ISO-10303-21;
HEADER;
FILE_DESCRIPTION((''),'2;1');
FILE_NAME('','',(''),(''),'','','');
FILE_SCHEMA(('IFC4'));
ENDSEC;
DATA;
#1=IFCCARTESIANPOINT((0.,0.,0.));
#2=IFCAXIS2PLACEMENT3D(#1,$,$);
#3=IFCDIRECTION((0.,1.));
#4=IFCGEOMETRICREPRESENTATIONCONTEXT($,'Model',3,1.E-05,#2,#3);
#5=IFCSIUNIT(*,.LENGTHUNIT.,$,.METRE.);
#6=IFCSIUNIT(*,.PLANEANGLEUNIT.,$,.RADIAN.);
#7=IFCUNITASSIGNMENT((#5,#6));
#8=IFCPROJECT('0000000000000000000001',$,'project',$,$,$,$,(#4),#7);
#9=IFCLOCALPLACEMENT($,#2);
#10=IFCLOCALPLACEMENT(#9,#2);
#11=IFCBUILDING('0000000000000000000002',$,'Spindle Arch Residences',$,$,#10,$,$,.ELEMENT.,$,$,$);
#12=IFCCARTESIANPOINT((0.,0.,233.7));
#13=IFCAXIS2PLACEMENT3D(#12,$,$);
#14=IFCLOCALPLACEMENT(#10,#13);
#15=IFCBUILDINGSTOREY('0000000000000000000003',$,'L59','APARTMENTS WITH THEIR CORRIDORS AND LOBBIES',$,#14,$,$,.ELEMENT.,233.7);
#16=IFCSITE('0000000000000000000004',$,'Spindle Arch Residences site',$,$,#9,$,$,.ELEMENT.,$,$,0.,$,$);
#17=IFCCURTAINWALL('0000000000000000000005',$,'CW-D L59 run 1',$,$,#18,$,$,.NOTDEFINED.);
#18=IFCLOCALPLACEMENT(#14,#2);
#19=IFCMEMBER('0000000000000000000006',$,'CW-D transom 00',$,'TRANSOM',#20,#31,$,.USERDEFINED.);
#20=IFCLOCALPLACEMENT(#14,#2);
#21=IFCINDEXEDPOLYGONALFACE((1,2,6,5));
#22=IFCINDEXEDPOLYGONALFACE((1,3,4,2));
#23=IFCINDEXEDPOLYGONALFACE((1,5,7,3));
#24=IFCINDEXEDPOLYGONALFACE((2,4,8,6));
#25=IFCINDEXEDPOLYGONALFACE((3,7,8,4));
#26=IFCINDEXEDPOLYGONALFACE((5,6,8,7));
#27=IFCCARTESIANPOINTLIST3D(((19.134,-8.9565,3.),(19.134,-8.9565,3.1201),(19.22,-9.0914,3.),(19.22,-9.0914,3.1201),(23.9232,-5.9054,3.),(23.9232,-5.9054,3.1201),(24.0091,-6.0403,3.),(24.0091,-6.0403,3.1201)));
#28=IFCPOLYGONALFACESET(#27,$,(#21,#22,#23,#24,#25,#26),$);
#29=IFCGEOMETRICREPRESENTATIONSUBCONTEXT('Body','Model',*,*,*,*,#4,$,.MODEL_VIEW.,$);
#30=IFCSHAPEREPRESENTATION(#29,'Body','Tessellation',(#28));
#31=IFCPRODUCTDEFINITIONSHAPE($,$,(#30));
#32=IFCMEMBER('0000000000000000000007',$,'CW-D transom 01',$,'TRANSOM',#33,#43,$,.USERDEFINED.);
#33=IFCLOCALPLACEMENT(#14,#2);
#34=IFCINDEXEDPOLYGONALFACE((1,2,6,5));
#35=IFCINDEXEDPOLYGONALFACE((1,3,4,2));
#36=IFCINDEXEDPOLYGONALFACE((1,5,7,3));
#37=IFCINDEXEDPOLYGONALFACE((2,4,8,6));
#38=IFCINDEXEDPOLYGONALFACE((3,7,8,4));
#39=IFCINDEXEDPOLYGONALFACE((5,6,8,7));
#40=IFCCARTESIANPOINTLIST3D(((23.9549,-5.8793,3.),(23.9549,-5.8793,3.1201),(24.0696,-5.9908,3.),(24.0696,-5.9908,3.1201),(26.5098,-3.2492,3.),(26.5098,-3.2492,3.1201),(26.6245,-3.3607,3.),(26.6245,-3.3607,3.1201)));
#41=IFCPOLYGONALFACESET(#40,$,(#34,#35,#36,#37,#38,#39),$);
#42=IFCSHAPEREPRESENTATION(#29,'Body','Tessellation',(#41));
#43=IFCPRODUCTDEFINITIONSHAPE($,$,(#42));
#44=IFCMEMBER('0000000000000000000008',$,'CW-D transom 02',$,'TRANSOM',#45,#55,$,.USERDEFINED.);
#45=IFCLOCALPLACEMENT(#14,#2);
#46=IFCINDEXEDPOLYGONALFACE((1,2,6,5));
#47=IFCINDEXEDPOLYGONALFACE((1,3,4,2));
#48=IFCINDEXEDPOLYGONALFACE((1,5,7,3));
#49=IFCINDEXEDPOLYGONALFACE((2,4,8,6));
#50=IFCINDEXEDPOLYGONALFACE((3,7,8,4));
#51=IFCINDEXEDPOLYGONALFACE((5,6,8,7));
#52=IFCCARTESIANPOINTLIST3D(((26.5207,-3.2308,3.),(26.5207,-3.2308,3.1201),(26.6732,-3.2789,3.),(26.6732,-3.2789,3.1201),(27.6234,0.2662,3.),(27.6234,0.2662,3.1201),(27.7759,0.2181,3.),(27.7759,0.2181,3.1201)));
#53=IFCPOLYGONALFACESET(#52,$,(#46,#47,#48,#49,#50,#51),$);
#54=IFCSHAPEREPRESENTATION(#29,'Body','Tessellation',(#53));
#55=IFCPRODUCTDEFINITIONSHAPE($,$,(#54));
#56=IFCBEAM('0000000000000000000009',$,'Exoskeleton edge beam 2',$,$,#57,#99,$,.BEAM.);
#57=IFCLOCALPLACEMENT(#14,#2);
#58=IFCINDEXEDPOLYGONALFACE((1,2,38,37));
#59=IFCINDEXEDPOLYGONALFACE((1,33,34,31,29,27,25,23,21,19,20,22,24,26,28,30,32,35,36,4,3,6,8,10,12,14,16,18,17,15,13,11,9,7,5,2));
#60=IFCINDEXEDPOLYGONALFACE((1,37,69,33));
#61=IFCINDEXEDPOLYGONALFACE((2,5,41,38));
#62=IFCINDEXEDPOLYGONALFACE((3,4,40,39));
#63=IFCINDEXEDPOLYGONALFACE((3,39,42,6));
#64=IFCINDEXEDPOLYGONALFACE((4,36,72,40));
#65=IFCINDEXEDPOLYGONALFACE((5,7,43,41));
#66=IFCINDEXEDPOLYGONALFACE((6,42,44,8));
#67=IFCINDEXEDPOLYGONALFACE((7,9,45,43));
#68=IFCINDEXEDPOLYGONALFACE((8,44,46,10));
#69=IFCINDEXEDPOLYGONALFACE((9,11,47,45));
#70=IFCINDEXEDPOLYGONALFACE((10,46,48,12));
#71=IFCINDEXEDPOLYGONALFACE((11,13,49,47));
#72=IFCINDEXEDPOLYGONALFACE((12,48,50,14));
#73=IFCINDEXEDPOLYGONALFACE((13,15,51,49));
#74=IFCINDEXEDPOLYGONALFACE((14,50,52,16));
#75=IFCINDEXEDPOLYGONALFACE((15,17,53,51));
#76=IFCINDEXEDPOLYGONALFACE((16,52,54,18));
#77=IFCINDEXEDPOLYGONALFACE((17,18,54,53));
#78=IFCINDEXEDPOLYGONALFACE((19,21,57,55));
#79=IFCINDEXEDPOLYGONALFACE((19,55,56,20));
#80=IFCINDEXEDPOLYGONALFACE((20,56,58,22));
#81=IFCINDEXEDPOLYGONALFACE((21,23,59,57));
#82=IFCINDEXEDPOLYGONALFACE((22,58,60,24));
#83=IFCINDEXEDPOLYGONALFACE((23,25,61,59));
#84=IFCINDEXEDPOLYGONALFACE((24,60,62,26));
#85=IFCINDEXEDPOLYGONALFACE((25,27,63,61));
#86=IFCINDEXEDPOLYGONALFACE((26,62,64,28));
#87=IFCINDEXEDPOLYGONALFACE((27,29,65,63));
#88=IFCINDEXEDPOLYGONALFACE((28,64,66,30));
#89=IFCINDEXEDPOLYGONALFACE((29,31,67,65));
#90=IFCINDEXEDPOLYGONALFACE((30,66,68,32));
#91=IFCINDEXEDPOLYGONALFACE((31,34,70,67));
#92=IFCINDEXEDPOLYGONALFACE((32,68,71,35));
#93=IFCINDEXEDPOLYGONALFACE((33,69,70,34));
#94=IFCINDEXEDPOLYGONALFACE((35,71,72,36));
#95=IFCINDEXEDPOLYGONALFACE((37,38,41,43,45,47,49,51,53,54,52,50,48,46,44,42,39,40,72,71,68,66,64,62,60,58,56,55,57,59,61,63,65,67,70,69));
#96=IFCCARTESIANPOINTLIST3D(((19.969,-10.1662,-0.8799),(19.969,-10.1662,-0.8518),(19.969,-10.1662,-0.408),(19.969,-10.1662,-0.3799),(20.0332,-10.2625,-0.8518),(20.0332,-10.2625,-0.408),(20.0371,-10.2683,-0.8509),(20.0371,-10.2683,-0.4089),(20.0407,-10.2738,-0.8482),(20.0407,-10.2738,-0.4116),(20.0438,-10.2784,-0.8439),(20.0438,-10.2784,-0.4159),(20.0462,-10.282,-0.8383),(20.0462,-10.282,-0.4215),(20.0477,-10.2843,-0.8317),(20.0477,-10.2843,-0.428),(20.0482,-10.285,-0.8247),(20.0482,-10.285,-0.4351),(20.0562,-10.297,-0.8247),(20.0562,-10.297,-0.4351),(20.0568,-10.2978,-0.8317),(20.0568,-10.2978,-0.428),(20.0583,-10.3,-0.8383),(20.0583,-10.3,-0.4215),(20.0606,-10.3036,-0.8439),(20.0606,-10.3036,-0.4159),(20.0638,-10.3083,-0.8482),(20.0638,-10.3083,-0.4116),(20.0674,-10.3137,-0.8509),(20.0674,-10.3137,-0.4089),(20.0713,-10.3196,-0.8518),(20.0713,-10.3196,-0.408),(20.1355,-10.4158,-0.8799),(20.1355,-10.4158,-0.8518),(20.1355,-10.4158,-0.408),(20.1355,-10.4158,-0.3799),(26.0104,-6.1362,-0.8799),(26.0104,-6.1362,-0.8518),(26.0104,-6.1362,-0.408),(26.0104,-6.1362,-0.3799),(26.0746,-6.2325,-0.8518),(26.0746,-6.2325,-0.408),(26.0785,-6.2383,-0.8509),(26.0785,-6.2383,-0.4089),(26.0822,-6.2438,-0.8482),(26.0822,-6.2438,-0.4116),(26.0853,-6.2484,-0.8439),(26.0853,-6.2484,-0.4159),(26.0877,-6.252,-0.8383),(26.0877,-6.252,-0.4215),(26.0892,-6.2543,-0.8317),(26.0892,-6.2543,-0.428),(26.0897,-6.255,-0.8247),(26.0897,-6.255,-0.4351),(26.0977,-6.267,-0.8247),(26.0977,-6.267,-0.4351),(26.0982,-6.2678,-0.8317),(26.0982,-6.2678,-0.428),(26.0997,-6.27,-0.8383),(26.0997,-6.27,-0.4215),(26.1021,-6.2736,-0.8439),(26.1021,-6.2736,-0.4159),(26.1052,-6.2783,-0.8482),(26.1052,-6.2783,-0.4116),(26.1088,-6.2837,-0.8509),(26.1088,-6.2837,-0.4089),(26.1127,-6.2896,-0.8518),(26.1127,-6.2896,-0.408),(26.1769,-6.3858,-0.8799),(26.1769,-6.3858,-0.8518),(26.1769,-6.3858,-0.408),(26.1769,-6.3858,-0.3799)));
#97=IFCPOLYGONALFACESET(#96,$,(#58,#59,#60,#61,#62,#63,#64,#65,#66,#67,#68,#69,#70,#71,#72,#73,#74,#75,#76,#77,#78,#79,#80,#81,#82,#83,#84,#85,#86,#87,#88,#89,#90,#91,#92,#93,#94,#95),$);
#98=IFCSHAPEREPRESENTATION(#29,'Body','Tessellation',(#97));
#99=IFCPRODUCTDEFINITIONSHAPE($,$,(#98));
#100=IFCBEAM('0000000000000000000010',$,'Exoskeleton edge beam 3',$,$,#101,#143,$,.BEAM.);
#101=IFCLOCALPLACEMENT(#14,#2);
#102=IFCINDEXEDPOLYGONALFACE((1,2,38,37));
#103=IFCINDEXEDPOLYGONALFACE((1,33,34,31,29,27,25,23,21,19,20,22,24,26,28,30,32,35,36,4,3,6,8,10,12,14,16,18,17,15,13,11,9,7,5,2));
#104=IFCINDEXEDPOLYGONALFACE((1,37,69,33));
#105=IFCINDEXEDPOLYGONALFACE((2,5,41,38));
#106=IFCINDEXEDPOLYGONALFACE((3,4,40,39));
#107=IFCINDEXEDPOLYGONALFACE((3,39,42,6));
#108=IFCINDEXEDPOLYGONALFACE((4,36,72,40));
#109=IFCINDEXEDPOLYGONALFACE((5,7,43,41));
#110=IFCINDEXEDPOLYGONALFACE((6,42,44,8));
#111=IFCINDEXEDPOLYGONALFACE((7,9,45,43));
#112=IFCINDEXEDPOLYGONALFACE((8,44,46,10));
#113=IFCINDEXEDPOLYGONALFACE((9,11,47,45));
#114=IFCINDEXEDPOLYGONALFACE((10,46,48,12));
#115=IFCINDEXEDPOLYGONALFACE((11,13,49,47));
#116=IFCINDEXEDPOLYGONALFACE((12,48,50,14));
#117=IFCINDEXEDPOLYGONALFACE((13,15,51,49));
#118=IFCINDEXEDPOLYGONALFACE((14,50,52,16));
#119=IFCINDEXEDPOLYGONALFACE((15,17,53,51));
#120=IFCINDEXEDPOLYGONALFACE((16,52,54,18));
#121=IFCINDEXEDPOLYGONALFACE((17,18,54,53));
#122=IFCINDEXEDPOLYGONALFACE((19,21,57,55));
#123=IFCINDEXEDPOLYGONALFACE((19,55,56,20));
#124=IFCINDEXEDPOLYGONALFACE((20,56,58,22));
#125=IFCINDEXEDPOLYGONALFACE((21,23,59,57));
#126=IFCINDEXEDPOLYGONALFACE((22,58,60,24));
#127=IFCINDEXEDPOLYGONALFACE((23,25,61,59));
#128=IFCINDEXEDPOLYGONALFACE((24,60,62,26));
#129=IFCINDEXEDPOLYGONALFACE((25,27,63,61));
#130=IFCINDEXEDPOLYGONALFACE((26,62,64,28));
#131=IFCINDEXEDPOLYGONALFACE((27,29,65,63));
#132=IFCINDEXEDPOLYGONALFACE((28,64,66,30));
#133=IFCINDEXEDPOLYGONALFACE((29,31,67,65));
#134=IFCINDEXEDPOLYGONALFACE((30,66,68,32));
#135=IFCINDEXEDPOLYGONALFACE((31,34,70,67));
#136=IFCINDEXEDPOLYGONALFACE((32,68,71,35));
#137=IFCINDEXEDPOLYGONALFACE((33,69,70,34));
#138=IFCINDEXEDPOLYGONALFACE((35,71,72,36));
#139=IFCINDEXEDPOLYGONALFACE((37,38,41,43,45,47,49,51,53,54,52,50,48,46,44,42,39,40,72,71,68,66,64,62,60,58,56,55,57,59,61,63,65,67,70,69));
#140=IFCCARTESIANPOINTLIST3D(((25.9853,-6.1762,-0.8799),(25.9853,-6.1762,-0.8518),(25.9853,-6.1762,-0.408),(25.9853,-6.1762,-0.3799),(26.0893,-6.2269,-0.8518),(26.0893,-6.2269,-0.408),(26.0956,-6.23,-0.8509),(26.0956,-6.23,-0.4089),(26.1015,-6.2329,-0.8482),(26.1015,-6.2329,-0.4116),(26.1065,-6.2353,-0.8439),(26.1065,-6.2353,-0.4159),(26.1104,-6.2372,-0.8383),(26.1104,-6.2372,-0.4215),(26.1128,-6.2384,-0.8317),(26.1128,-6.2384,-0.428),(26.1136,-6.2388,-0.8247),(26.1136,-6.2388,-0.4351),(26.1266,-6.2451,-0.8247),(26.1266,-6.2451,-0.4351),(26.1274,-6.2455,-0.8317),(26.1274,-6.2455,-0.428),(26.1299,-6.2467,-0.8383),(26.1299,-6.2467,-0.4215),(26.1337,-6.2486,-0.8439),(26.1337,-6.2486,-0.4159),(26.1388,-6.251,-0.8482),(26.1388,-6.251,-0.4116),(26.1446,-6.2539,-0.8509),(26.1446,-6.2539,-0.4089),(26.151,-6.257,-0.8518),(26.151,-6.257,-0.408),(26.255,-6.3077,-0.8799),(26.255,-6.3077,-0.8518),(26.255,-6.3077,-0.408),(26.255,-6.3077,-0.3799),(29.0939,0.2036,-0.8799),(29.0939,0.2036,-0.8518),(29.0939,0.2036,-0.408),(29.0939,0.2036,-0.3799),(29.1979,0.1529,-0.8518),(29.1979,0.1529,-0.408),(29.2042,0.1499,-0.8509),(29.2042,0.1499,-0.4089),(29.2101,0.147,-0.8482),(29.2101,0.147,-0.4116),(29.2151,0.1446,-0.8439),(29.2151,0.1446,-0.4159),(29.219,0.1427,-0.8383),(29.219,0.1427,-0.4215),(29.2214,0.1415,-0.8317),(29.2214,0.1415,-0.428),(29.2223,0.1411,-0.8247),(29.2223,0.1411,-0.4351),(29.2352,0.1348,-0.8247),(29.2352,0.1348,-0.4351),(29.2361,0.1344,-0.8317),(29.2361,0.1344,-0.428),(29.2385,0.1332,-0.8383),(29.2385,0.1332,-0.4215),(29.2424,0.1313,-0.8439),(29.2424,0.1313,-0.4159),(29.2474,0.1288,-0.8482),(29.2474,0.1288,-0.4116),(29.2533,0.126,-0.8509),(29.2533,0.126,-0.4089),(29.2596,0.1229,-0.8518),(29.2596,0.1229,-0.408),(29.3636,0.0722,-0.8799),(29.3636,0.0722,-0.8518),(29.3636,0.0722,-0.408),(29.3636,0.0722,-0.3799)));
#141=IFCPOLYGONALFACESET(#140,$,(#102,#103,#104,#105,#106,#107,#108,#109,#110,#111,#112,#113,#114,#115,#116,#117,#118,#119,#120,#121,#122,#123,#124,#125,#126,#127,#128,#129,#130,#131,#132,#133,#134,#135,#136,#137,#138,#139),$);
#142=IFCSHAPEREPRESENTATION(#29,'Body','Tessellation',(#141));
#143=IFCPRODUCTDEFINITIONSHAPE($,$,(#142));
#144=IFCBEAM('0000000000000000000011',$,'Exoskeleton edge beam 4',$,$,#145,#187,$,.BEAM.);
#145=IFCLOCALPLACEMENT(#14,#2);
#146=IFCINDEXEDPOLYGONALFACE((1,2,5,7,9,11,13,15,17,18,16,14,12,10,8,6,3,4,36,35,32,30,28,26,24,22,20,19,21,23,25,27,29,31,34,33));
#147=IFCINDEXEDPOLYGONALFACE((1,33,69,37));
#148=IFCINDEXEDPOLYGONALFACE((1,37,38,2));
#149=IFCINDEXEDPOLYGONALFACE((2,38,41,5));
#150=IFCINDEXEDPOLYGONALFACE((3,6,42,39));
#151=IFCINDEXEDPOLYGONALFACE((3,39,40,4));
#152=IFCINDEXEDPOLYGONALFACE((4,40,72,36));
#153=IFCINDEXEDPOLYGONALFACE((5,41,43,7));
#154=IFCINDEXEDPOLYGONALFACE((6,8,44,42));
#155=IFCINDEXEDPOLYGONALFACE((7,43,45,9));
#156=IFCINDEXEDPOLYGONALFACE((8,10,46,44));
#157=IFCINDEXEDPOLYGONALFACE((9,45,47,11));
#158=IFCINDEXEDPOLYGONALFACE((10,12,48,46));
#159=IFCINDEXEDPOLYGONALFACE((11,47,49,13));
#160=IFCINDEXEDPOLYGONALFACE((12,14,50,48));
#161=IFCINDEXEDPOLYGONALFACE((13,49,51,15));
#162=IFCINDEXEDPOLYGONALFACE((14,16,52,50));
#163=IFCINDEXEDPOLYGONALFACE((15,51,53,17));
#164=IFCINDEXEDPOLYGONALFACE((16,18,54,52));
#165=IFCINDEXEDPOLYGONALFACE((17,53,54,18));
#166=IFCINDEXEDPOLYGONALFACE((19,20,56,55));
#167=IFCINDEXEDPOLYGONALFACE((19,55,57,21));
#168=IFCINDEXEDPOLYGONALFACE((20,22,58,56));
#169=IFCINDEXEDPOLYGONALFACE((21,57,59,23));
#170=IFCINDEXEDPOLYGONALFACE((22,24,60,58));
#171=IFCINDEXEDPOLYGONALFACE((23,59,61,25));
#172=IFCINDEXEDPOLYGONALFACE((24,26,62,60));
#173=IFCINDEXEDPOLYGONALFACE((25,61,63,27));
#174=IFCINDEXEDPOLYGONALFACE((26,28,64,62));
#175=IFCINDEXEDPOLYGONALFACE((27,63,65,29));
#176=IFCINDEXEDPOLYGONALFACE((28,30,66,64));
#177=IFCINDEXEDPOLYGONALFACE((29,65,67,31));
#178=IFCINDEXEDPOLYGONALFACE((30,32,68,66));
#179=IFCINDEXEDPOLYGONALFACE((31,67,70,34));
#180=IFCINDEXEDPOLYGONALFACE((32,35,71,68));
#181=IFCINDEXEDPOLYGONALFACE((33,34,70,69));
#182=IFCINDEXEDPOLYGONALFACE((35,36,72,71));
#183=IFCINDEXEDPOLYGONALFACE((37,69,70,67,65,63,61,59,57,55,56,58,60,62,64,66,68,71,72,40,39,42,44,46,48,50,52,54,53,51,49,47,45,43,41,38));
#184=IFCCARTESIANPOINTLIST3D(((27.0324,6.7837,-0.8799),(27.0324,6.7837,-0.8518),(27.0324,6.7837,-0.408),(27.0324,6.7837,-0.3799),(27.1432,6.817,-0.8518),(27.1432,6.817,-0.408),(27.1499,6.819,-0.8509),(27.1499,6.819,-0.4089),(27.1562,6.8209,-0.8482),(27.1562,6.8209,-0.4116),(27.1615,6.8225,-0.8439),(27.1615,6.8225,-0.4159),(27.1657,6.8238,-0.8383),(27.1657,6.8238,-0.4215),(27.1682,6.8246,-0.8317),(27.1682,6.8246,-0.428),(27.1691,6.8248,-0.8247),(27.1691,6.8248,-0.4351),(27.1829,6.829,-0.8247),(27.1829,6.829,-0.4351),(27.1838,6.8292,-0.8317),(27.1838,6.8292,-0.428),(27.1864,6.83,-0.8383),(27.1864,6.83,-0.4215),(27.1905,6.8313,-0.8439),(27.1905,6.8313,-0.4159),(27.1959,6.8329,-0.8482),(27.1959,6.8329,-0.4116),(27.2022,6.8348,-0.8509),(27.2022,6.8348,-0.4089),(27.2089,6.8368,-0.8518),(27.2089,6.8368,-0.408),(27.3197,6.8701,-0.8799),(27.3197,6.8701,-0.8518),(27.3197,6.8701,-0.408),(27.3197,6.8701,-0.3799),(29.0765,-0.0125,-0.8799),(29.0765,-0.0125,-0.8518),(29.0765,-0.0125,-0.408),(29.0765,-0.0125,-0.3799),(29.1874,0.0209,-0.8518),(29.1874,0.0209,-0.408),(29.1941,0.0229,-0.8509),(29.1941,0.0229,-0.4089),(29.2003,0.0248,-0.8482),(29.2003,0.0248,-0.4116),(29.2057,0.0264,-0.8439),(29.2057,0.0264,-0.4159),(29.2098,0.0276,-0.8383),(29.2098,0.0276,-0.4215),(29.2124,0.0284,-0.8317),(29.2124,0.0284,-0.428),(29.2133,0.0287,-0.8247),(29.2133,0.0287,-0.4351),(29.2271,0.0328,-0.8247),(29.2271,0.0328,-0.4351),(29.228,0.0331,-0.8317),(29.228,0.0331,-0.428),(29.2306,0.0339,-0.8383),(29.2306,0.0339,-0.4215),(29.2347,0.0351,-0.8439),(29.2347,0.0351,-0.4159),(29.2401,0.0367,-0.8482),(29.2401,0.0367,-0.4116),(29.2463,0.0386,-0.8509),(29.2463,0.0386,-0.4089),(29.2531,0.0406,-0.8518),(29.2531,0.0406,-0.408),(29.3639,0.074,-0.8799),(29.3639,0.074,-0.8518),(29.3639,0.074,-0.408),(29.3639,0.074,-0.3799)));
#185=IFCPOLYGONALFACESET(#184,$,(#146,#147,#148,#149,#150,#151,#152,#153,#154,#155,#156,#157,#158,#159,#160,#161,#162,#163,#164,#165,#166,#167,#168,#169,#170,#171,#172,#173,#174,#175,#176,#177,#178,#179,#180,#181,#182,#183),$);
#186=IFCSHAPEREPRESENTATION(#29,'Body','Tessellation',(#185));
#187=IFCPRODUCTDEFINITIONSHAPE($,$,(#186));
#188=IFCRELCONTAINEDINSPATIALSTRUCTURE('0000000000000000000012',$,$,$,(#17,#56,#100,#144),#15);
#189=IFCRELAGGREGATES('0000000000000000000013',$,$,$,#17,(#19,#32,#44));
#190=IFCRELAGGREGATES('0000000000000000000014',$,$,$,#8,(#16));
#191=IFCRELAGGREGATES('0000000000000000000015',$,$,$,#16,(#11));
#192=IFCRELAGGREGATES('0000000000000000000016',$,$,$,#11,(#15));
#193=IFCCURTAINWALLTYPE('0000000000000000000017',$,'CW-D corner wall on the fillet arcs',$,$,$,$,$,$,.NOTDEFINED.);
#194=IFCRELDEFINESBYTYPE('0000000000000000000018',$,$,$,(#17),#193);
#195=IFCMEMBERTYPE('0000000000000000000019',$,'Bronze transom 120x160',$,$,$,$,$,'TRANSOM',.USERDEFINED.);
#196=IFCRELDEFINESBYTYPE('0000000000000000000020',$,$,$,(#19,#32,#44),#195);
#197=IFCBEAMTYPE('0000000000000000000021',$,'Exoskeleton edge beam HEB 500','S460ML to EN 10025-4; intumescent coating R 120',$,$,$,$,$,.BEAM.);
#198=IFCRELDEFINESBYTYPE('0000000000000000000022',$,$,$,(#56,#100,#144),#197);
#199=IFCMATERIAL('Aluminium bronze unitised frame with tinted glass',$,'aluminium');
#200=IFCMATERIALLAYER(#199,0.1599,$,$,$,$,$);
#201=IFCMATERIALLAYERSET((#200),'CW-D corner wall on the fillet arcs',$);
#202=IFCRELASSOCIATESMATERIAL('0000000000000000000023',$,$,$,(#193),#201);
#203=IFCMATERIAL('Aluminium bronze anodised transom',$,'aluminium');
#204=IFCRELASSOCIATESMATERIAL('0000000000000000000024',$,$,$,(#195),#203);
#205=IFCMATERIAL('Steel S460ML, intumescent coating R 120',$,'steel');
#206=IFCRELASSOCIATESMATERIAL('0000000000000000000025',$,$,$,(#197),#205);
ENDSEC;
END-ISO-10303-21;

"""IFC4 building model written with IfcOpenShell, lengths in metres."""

from ifc_helpers import new_model, si_unit, direction, frame, origin, origin_2d, place, context, subcontext, project, spatial, rectangle, i_section, extrude, material, layer, layer_set, material_profile, profile_set, type_object, element, aggregate, save


model = new_model("IFC4")

# Units and contexts
model_context = context("Model", 3, precision=1e-05, world=origin(), true_north=direction((0.0, 1.0)))
body_context = subcontext(model_context, "Body", "Model", "MODEL_VIEW")
ifc_project = project(units=[si_unit("LENGTHUNIT", "METRE"), si_unit("PLANEANGLEUNIT", "RADIAN")], contexts=[model_context])

# Site, building, storey
site_placement = place(None, origin())
site = spatial("IfcSite", under=ifc_project, at=site_placement, Name="Spindle Arch Residences site", CompositionType="ELEMENT", RefElevation=0.0)
building_placement = place(site_placement, origin())
building = spatial("IfcBuilding", under=site, at=building_placement, Name="Spindle Arch Residences", CompositionType="ELEMENT")
storey_placement = place(building_placement, frame((0.0, 0.0, 233.7)))
storey = spatial("IfcBuildingStorey", under=building, at=storey_placement, Name="L59", Description="APARTMENTS WITH THEIR CORRIDORS AND LOBBIES", CompositionType="ELEMENT", Elevation=233.7)

# Curtain wall, members
ifc_material_1 = material(Name="Aluminium bronze unitised frame with tinted glass", Category="aluminium")
ifc_layer_1 = layer(ifc_material_1, 0.1599)
ifc_layer_set_1 = layer_set([ifc_layer_1], Name="CW-D corner wall on the fillet arcs")
curtain_wall_type = type_object("IfcCurtainWallType", Name="CW-D corner wall on the fillet arcs", PredefinedType="NOTDEFINED", material=ifc_layer_set_1)
curtain_wall_placement = place(storey_placement, origin())
curtain_wall = element("IfcCurtainWall", 1, at=curtain_wall_placement, inside=storey, type_object=curtain_wall_type, Name="CW-D L59 run 1", PredefinedType="NOTDEFINED")
ifc_material_2 = material(Name="Aluminium bronze anodised transom", Category="aluminium")
ifc_material_profile_1 = material_profile(ifc_material_2, rectangle(XDim=0.1599, YDim=0.1201, at=origin_2d()), Name="TR 120x160")
ifc_profile_set_1 = profile_set([ifc_material_profile_1], Name="Aluminium bronze anodised transom")
member_type_1 = type_object("IfcMemberType", Name="Bronze transom 120x160", ElementType="TRANSOM", PredefinedType="USERDEFINED", material=ifc_profile_set_1)
member_1_placement = place(storey_placement, frame((19.177, -9.0239, 3.0601), z_axis=(0.843387, 0.537307, 0.0), x_axis=(-0.537307, 0.843387, 0.0)))
member_1 = element("IfcMember", 2, at=member_1_placement, type_object=member_type_1, Name="CW-D transom 00", ObjectType="TRANSOM", PredefinedType="USERDEFINED", context=body_context, shape_type="SweptSolid", body=[
    extrude(rectangle(XDim=0.1599, YDim=0.1201, at=origin_2d()), origin(), (0.0, 0.0, 1.0), 5.6785),
])
member_2_placement = place(storey_placement, frame((24.0122, -5.9351, 3.0601), z_axis=(0.696779, 0.717286, 0.0), x_axis=(-0.717286, 0.696779, 0.0)))
member_2 = element("IfcMember", 3, at=member_2_placement, type_object=member_type_1, Name="CW-D transom 01", ObjectType="TRANSOM", PredefinedType="USERDEFINED", context=body_context, shape_type="SweptSolid", body=[
    extrude(rectangle(XDim=0.1599, YDim=0.1201, at=origin_2d()), origin(), (0.0, 0.0, 1.0), 3.6667),
])
member_3_placement = place(storey_placement, frame((26.5969, -3.2549, 3.0601), z_axis=(0.300746, 0.953704, 0.0), x_axis=(-0.953704, 0.300746, 0.0)))
member_3 = element("IfcMember", 4, at=member_3_placement, type_object=member_type_1, Name="CW-D transom 02", ObjectType="TRANSOM", PredefinedType="USERDEFINED", context=body_context, shape_type="SweptSolid", body=[
    extrude(rectangle(XDim=0.1599, YDim=0.1201, at=origin_2d()), origin(), (0.0, 0.0, 1.0), 3.6667),
])

# Beams
ifc_material_3 = material(Name="Steel S460ML, intumescent coating R 120", Category="steel")
ifc_material_profile_2 = material_profile(ifc_material_3, i_section(OverallWidth=0.3, OverallDepth=0.5, WebThickness=0.0144, FlangeThickness=0.0281, FilletRadius=0.0271, at=origin_2d()), Name="HEB 500")
ifc_profile_set_2 = profile_set([ifc_material_profile_2], Name="Steel S460ML, intumescent coating R 120")
beam_type_1 = type_object("IfcBeamType", Name="Exoskeleton edge beam HEB 500", Description="S460ML to EN 10025-4; intumescent coating R 120", PredefinedType="BEAM", material=ifc_profile_set_2)
beam_1_placement = place(storey_placement, frame((20.0522, -10.291, -0.6299), z_axis=(0.8319, 0.554925, 0.0), x_axis=(-0.554925, 0.8319, 0.0)))
element("IfcBeam", 5, at=beam_1_placement, inside=storey, type_object=beam_type_1, Name="Exoskeleton edge beam 2", PredefinedType="BEAM", context=body_context, shape_type="SweptSolid", body=[
    extrude(i_section(OverallWidth=0.3, OverallDepth=0.5, WebThickness=0.0144, FlangeThickness=0.0281, FilletRadius=0.0271, at=origin_2d()), origin(), (0.0, 0.0, 1.0), 7.2622),
])
for number, where, z_axis, x_axis, name in (
    (6, (26.1201, -6.2419, -0.6299), (0.438026, 0.898962, 0.0), (-0.898962, 0.438026, 0.0), "Exoskeleton edge beam 3"),
    (7, (29.2202, 0.0308, -0.6299), (-0.288039, 0.957619, 0.0), (-0.957619, -0.288039, 0.0), "Exoskeleton edge beam 4"),
):
    element("IfcBeam", number, at=place(storey_placement, frame(where, z_axis=z_axis, x_axis=x_axis)), inside=storey, type_object=beam_type_1, Name=name, PredefinedType="BEAM", context=body_context, shape_type="SweptSolid", body=[
        extrude(i_section(OverallWidth=0.3, OverallDepth=0.5, WebThickness=0.0144, FlangeThickness=0.0281, FilletRadius=0.0271, at=origin_2d()), origin(), (0.0, 0.0, 1.0), 7.0969),
    ])

aggregate(curtain_wall, [member_1, member_2, member_3])

save(model, "model.ifc")
